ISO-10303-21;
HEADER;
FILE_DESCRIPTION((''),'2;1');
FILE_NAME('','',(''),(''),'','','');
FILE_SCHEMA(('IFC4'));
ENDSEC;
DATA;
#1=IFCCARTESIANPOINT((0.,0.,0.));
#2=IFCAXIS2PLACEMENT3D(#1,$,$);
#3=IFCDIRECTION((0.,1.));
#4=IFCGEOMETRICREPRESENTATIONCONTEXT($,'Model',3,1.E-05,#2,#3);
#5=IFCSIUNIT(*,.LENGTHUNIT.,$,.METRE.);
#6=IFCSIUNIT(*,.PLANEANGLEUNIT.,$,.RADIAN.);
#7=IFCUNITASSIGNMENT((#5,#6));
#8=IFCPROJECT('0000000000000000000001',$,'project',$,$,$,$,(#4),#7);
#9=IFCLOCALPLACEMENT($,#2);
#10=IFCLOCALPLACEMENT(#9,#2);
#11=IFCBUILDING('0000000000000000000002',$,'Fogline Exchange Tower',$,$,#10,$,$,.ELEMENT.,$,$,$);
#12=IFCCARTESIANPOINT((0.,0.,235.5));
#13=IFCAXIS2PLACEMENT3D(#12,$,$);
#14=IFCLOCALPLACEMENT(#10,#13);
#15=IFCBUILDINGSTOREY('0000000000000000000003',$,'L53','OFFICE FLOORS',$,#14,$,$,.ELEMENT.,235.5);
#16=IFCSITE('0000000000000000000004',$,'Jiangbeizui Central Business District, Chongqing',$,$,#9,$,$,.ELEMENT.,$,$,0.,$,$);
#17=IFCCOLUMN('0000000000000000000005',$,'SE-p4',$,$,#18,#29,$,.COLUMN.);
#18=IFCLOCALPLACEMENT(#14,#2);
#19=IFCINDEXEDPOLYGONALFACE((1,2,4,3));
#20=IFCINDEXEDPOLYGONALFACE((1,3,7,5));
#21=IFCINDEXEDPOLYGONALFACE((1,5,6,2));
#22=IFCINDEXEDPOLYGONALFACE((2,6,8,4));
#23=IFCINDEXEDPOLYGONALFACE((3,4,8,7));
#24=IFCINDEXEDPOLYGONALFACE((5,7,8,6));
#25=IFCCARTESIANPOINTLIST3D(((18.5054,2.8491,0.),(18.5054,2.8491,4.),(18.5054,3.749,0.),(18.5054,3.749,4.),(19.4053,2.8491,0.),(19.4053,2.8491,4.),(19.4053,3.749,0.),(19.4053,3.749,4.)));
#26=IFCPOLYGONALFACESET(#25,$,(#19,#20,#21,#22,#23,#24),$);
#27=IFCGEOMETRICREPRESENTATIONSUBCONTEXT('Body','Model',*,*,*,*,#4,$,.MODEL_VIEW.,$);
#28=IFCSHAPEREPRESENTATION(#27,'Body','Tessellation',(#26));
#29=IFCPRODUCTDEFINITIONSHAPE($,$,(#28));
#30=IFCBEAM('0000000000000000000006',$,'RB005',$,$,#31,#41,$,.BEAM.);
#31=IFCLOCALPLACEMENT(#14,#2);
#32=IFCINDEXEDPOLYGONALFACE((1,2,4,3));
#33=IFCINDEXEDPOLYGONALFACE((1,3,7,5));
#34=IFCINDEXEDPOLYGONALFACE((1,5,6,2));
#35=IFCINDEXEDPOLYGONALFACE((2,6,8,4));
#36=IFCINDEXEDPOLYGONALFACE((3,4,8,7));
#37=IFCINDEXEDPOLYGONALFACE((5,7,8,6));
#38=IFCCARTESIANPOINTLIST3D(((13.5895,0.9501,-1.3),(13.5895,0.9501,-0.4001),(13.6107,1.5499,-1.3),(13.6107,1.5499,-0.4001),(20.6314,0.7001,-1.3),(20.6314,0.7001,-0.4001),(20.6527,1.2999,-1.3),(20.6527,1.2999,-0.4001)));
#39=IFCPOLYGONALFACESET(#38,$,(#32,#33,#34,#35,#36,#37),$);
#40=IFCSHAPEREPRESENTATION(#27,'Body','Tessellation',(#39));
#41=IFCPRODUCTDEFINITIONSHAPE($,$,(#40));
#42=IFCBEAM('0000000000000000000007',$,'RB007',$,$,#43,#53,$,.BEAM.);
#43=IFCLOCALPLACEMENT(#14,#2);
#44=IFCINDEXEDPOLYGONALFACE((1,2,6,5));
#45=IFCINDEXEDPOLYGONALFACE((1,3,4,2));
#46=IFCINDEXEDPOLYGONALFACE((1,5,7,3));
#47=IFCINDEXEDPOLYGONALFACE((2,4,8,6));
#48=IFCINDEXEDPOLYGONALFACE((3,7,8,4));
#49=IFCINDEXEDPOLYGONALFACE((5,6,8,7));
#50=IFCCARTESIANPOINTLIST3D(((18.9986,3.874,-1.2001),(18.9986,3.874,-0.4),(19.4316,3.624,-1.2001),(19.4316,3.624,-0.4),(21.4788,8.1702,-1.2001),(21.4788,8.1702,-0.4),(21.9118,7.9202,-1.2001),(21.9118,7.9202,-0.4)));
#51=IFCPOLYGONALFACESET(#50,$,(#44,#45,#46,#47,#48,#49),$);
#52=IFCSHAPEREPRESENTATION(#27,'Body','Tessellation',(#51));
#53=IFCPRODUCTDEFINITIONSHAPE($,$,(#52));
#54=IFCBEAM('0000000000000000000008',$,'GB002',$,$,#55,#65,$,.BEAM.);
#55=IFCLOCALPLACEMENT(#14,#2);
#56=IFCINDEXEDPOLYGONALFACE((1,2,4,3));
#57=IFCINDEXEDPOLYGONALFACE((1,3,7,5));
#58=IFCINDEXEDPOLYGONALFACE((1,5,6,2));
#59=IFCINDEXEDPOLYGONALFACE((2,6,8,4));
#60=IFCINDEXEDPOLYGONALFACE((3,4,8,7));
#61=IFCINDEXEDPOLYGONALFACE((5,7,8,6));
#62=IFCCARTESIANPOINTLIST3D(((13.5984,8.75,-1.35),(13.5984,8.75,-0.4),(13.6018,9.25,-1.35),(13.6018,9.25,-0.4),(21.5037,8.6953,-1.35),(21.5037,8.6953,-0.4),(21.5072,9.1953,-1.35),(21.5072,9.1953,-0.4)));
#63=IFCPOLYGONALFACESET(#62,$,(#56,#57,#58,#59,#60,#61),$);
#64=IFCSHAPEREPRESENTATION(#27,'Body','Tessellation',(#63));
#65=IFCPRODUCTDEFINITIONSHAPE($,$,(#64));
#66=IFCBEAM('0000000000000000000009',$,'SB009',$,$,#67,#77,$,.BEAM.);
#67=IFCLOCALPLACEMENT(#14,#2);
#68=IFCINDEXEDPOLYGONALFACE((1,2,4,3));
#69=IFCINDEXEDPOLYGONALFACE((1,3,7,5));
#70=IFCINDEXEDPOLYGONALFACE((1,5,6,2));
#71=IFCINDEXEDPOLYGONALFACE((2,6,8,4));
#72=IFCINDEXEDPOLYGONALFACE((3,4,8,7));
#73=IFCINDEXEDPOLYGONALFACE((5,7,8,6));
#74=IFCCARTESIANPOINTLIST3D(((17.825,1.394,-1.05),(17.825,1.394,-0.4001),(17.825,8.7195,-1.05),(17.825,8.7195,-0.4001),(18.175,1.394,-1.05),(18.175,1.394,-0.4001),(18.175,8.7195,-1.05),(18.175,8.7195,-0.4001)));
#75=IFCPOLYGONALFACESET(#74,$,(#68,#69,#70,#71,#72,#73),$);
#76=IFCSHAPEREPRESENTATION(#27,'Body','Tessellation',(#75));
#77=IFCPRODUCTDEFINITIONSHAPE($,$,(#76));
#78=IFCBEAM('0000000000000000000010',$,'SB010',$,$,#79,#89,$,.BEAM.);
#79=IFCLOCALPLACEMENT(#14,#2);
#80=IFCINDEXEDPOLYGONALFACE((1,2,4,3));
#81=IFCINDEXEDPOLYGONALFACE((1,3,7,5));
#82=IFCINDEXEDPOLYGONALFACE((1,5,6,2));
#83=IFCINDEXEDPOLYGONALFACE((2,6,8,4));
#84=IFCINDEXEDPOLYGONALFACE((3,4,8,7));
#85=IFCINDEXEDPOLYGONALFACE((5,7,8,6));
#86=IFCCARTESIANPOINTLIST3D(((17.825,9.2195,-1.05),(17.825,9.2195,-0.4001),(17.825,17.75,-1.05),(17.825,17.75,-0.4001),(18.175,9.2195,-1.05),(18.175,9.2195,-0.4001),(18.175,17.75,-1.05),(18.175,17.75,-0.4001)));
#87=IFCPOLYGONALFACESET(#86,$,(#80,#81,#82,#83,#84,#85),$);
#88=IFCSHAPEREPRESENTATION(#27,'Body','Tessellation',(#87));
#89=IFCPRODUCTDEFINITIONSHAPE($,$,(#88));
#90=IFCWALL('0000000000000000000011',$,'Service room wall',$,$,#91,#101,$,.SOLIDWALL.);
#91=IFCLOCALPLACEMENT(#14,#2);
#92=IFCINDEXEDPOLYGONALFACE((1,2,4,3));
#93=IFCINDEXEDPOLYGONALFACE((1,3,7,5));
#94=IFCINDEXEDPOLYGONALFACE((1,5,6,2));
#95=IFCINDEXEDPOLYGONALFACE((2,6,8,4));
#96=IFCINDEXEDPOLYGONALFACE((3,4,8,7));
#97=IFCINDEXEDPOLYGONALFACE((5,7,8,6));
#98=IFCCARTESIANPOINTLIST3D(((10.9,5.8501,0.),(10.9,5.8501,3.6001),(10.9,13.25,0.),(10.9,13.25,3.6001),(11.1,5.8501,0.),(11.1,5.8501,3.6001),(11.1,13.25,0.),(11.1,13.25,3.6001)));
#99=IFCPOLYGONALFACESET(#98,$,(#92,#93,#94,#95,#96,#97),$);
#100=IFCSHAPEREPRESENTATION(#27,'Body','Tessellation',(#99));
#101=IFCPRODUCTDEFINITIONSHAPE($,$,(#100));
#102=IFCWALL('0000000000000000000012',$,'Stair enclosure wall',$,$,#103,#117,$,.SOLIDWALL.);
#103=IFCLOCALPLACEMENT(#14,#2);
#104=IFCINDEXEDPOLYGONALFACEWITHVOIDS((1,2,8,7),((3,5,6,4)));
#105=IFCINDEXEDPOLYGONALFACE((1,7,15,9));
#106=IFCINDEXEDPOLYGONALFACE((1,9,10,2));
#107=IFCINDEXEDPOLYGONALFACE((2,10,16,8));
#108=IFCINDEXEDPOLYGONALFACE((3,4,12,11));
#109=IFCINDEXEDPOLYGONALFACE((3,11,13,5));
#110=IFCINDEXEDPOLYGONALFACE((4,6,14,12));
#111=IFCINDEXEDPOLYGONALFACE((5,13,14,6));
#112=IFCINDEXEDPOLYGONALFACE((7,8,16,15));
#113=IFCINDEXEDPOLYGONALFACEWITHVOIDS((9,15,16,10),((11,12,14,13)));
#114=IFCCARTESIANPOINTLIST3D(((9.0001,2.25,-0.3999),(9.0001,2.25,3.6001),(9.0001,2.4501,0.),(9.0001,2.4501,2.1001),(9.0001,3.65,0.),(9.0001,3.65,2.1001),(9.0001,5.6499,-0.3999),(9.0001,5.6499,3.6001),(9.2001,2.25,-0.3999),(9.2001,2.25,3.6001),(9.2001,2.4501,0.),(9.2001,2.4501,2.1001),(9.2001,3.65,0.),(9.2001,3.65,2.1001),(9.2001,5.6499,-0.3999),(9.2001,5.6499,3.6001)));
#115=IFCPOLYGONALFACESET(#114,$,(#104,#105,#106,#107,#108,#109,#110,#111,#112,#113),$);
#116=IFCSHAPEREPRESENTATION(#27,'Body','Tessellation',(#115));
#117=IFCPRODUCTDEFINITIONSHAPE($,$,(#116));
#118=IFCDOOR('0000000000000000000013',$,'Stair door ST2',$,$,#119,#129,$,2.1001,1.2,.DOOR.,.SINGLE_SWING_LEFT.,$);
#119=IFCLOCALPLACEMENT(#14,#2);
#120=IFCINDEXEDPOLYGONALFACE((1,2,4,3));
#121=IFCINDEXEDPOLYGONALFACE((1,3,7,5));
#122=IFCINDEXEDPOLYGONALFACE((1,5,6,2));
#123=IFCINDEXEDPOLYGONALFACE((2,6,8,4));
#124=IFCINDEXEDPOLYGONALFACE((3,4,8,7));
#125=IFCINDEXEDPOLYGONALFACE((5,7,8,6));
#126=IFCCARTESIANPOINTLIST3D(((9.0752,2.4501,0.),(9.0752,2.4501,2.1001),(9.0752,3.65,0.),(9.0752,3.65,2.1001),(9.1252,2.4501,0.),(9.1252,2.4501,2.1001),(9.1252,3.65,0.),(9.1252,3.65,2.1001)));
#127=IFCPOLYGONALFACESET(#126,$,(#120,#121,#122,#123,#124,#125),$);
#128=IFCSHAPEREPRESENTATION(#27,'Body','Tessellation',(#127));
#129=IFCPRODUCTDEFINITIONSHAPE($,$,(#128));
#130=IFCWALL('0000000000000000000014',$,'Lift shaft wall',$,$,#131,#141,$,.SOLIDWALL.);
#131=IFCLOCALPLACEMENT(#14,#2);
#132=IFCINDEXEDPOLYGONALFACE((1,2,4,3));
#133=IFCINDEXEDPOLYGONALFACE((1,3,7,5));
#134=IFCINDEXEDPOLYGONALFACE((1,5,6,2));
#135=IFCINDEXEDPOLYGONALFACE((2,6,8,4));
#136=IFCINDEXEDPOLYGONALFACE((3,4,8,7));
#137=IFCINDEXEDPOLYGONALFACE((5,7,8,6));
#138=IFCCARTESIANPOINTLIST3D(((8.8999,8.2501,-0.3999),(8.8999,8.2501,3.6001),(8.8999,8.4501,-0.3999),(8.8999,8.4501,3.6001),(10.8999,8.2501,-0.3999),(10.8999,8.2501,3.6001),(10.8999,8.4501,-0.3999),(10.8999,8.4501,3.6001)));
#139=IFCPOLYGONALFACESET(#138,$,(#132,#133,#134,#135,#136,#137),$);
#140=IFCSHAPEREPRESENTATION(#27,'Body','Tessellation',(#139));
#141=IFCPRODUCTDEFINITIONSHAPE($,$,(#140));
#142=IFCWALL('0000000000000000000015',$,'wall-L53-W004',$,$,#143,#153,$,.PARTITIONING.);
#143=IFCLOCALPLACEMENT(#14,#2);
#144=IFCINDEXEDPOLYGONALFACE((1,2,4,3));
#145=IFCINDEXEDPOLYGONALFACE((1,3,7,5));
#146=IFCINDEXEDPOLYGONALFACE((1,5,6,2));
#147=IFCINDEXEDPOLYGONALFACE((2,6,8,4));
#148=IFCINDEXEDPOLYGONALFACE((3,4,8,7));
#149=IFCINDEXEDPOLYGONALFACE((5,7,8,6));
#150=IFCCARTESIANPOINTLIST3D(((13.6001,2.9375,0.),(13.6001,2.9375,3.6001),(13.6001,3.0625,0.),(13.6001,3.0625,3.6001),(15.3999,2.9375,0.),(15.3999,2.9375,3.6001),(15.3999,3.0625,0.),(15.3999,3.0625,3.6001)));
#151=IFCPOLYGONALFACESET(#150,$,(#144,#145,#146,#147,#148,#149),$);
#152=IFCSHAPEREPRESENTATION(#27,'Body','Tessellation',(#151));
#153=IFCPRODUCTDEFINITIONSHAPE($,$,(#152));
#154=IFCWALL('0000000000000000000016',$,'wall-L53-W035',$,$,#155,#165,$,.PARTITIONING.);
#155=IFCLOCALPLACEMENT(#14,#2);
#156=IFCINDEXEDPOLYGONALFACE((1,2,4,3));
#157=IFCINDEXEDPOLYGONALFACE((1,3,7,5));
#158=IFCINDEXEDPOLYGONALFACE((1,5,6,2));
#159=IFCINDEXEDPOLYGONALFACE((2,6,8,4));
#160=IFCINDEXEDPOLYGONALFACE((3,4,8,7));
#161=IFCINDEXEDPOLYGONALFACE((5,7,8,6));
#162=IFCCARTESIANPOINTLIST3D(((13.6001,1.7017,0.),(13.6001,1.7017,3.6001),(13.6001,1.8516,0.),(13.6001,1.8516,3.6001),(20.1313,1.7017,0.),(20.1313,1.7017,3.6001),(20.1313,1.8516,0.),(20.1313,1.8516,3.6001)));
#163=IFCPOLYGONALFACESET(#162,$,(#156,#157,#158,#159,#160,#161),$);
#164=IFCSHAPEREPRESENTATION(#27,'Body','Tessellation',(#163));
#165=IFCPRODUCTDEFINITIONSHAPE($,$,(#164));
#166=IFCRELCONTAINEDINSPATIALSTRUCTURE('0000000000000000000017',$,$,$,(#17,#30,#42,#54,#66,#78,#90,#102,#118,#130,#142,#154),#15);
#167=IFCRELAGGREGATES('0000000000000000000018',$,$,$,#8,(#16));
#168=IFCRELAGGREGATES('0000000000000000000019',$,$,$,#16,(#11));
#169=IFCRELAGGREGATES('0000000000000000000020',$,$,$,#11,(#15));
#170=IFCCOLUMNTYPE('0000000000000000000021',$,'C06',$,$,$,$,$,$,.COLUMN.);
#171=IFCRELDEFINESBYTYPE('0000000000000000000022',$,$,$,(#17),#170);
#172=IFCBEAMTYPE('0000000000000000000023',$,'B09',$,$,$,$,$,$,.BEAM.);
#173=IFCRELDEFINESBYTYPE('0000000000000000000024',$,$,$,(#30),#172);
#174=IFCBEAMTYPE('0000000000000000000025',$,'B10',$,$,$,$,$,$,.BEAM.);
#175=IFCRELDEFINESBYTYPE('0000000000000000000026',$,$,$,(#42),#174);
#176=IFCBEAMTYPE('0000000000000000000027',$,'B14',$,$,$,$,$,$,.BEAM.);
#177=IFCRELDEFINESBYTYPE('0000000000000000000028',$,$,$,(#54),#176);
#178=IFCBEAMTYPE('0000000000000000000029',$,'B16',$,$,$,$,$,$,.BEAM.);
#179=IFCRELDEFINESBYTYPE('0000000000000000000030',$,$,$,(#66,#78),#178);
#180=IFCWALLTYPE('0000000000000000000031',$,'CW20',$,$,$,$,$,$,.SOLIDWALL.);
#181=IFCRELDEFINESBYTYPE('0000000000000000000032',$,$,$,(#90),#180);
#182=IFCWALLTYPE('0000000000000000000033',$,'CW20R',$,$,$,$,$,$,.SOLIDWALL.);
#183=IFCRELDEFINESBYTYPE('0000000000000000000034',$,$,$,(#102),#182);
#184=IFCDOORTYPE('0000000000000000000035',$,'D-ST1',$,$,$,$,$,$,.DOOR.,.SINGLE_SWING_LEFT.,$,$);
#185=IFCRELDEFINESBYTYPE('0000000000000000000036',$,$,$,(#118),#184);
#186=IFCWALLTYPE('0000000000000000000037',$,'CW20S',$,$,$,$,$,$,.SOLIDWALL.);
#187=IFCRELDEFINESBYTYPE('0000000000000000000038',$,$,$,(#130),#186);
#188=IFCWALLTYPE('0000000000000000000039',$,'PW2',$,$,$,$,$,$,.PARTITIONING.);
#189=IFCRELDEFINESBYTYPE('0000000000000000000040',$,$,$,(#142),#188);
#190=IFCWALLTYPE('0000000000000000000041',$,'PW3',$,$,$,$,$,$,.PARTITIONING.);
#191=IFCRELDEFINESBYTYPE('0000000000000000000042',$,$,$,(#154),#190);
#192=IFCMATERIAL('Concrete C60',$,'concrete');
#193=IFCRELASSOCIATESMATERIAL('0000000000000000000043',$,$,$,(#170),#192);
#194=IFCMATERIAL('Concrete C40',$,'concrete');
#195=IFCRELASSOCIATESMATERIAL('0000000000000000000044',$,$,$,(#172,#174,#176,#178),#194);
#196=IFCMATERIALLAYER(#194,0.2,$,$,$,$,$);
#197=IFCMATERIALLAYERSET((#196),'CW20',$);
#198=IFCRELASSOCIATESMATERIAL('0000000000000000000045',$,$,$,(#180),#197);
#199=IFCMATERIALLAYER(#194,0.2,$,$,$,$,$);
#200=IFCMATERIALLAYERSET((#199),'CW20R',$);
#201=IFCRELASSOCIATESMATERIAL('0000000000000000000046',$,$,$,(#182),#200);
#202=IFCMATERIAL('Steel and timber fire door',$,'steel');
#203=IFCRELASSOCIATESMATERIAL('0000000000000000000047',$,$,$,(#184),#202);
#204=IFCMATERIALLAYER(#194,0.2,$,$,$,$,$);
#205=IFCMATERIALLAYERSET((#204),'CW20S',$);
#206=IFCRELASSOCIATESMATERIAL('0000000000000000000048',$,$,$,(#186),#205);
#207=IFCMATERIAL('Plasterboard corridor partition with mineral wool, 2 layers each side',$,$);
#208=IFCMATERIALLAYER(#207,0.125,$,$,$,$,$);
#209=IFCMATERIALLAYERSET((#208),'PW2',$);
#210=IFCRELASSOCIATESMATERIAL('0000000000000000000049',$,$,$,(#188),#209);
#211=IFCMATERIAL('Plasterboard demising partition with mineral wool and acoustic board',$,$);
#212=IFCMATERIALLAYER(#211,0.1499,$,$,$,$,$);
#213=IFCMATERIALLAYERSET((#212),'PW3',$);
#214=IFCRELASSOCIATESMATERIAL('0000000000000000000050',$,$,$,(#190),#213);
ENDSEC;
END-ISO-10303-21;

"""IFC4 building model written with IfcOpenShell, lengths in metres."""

from ifc_helpers import new_model, si_unit, direction, frame, frame_2d, origin, origin_2d, place, context, subcontext, project, spatial, rectangle, extrude, material, layer, layer_set, material_profile, profile_set, type_object, element, fill, save


model = new_model("IFC4")

# Units and contexts
model_context = context("Model", 3, precision=1e-05, world=origin(), true_north=direction((0.0, 1.0)))
body_context = subcontext(model_context, "Body", "Model", "MODEL_VIEW")
ifc_project = project(units=[si_unit("LENGTHUNIT", "METRE"), si_unit("PLANEANGLEUNIT", "RADIAN")], contexts=[model_context])

# Site, building, storey
site_placement = place(None, origin())
site = spatial("IfcSite", under=ifc_project, at=site_placement, Name="Jiangbeizui Central Business District, Chongqing", CompositionType="ELEMENT", RefElevation=0.0)
building_placement = place(site_placement, origin())
building = spatial("IfcBuilding", under=site, at=building_placement, Name="Fogline Exchange Tower", CompositionType="ELEMENT")
storey_placement = place(building_placement, frame((0.0, 0.0, 235.5)))
storey = spatial("IfcBuildingStorey", under=building, at=storey_placement, Name="L53", Description="OFFICE FLOORS", CompositionType="ELEMENT", Elevation=235.5)

# Column
ifc_material_1 = material(Name="Concrete C60", Category="concrete")
ifc_material_profile_1 = material_profile(ifc_material_1, rectangle(XDim=0.8999, YDim=0.8999, at=origin_2d()), Name="RC 900x900")
ifc_profile_set_1 = profile_set([ifc_material_profile_1], Name="Concrete C60")
column_type = type_object("IfcColumnType", Name="C06", PredefinedType="COLUMN", material=ifc_profile_set_1)
column_placement = place(storey_placement, frame((18.9553, 3.2991, 0.0), z_axis=(0.0, 0.0, 1.0), x_axis=(1.0, 0.0, 0.0)))
element("IfcColumn", 1, at=column_placement, inside=storey, type_object=column_type, Name="SE-p4", PredefinedType="COLUMN", context=body_context, shape_type="SweptSolid", body=[
    extrude(rectangle(XDim=0.8999, YDim=0.8999, at=origin_2d()), origin(), (0.0, 0.0, 1.0), 4.0),
])

# Beams
ifc_material_2 = material(Name="Concrete C40", Category="concrete")
ifc_material_profile_2 = material_profile(ifc_material_2, rectangle(XDim=0.6001, YDim=0.8999, at=origin_2d()), Name="RC 600x900")
ifc_profile_set_2 = profile_set([ifc_material_profile_2], Name="Concrete C40")
beam_type_1 = type_object("IfcBeamType", Name="B09", PredefinedType="BEAM", material=ifc_profile_set_2)
beam_1_placement = place(storey_placement, frame((13.6001, 1.25, -0.8501), z_axis=(0.99937, -0.035479, 0.0), x_axis=(0.035479, 0.99937, 0.0)))
element("IfcBeam", 2, at=beam_1_placement, inside=storey, type_object=beam_type_1, Name="RB005", PredefinedType="BEAM", context=body_context, shape_type="SweptSolid", body=[
    extrude(rectangle(XDim=0.6001, YDim=0.8999, at=origin_2d()), origin(), (0.0, 0.0, 1.0), 7.0464),
])
ifc_material_profile_3 = material_profile(ifc_material_2, rectangle(XDim=0.5, YDim=0.8, at=origin_2d()), Name="RC 500x800")
ifc_profile_set_3 = profile_set([ifc_material_profile_3], Name="Concrete C40")
beam_type_2 = type_object("IfcBeamType", Name="B10", PredefinedType="BEAM", material=ifc_profile_set_3)
beam_2_placement = place(storey_placement, frame((19.2151, 3.749, -0.8), z_axis=(0.499977, 0.866039, 0.0), x_axis=(-0.866039, 0.499977, 0.0)))
element("IfcBeam", 3, at=beam_2_placement, inside=storey, type_object=beam_type_2, Name="RB007", PredefinedType="BEAM", context=body_context, shape_type="SweptSolid", body=[
    extrude(rectangle(XDim=0.5, YDim=0.8, at=origin_2d()), origin(), (0.0, 0.0, 1.0), 4.9607),
])
ifc_material_profile_4 = material_profile(ifc_material_2, rectangle(XDim=0.5, YDim=0.95, at=origin_2d()), Name="RC 500x950")
ifc_profile_set_4 = profile_set([ifc_material_profile_4], Name="Concrete C40")
beam_type_3 = type_object("IfcBeamType", Name="B14", PredefinedType="BEAM", material=ifc_profile_set_4)
beam_3_placement = place(storey_placement, frame((13.6001, 9.0, -0.875), z_axis=(0.999976, -0.006918, 0.0), x_axis=(0.006918, 0.999976, 0.0)))
element("IfcBeam", 4, at=beam_3_placement, inside=storey, type_object=beam_type_3, Name="GB002", PredefinedType="BEAM", context=body_context, shape_type="SweptSolid", body=[
    extrude(rectangle(XDim=0.5, YDim=0.95, at=origin_2d()), origin(), (0.0, 0.0, 1.0), 7.9055),
])
ifc_material_profile_5 = material_profile(ifc_material_2, rectangle(XDim=0.3501, YDim=0.6499, at=origin_2d()), Name="RC 350x650")
ifc_profile_set_5 = profile_set([ifc_material_profile_5], Name="Concrete C40")
beam_type_4 = type_object("IfcBeamType", Name="B16", PredefinedType="BEAM", material=ifc_profile_set_5)
beam_4_placement = place(storey_placement, frame((18.0, 1.394, -0.7251), z_axis=(0.0, 1.0, 0.0), x_axis=(-1.0, 0.0, 0.0)))
element("IfcBeam", 5, at=beam_4_placement, inside=storey, type_object=beam_type_4, Name="SB009", PredefinedType="BEAM", context=body_context, shape_type="SweptSolid", body=[
    extrude(rectangle(XDim=0.3501, YDim=0.6499, at=origin_2d()), origin(), (0.0, 0.0, 1.0), 7.3254),
])
beam_5_placement = place(storey_placement, frame((18.0, 9.2195, -0.7251), z_axis=(0.0, 1.0, 0.0), x_axis=(-1.0, 0.0, 0.0)))
element("IfcBeam", 6, at=beam_5_placement, inside=storey, type_object=beam_type_4, Name="SB010", PredefinedType="BEAM", context=body_context, shape_type="SweptSolid", body=[
    extrude(rectangle(XDim=0.3501, YDim=0.6499, at=origin_2d()), origin(), (0.0, 0.0, 1.0), 8.5305),
])

# Wall
ifc_layer_1 = layer(ifc_material_2, 0.2)
ifc_layer_set_1 = layer_set([ifc_layer_1], Name="CW20")
wall_type_1 = type_object("IfcWallType", Name="CW20", PredefinedType="SOLIDWALL", material=ifc_layer_set_1)
wall_1_placement = place(storey_placement, frame((11.0, 5.8501, 0.0), z_axis=(0.0, 0.0, 1.0), x_axis=(0.0, 1.0, 0.0)))
element("IfcWall", 7, at=wall_1_placement, inside=storey, type_object=wall_type_1, Name="Service room wall", PredefinedType="SOLIDWALL", context=body_context, shape_type="SweptSolid", body=[
    extrude(rectangle(XDim=7.3999, YDim=0.2, at=frame_2d((3.7, 0.0))), origin(), (0.0, 0.0, 1.0), 3.6001),
])

# Wall, opening, door
ifc_layer_2 = layer(ifc_material_2, 0.2)
ifc_layer_set_2 = layer_set([ifc_layer_2], Name="CW20R")
wall_type_2 = type_object("IfcWallType", Name="CW20R", PredefinedType="SOLIDWALL", material=ifc_layer_set_2)
wall_2_placement = place(storey_placement, frame((9.1001, 2.25, -0.3999), z_axis=(0.0, 0.0, 1.0), x_axis=(0.0, 1.0, 0.0)))
wall_2 = element("IfcWall", 8, at=wall_2_placement, inside=storey, type_object=wall_type_2, Name="Stair enclosure wall", PredefinedType="SOLIDWALL", context=body_context, shape_type="SweptSolid", body=[
    extrude(rectangle(XDim=3.3999, YDim=0.2, at=frame_2d((1.7, 0.0))), origin(), (0.0, 0.0, 1.0), 4.0),
])
opening_1_placement = place(wall_2_placement, frame((0.2, 0.0, 0.3999)))
opening_1 = element("IfcOpeningElement", 9, at=opening_1_placement, cuts=wall_2, PredefinedType="OPENING", context=body_context, shape_type="SweptSolid", body=[
    extrude(rectangle(XDim=1.2, YDim=2.1001, at=frame_2d((0.6001, 1.05))), frame((0.0, 0.1099, 0.0), z_axis=(0.0, -1.0, 0.0), x_axis=(1.0, 0.0, 0.0)), (0.0, 0.0, 1.0), 0.22),
])
ifc_material_3 = material(Name="Steel and timber fire door", Category="steel")
door_type_1 = type_object("IfcDoorType", Name="D-ST1", OperationType="SINGLE_SWING_LEFT", PredefinedType="DOOR", material=ifc_material_3)
door_1_placement = place(opening_1_placement, origin())
door_1 = element("IfcDoor", 10, at=door_1_placement, inside=storey, type_object=door_type_1, Name="Stair door ST2", OperationType="SINGLE_SWING_LEFT", OverallHeight=2.1001, OverallWidth=1.2, PredefinedType="DOOR", context=body_context, shape_type="SweptSolid", body=[
    extrude(rectangle(XDim=1.2, YDim=2.1001, at=frame_2d((0.6001, 1.05))), frame((0.0, 0.0249, 0.0), z_axis=(0.0, -1.0, 0.0), x_axis=(1.0, 0.0, 0.0)), (0.0, 0.0, 1.0), 0.05),
])
fill(opening_1, door_1)

# Walls
ifc_layer_3 = layer(ifc_material_2, 0.2)
ifc_layer_set_3 = layer_set([ifc_layer_3], Name="CW20S")
wall_type_3 = type_object("IfcWallType", Name="CW20S", PredefinedType="SOLIDWALL", material=ifc_layer_set_3)
wall_3_placement = place(storey_placement, frame((8.8999, 8.3501, -0.3999), z_axis=(0.0, 0.0, 1.0), x_axis=(1.0, 0.0, 0.0)))
element("IfcWall", 11, at=wall_3_placement, inside=storey, type_object=wall_type_3, Name="Lift shaft wall", PredefinedType="SOLIDWALL", context=body_context, shape_type="SweptSolid", body=[
    extrude(rectangle(XDim=2.0, YDim=0.2, at=frame_2d((1.0, 0.0))), origin(), (0.0, 0.0, 1.0), 4.0),
])
ifc_material_4 = material(Name="Plasterboard corridor partition with mineral wool, 2 layers each side")
ifc_layer_4 = layer(ifc_material_4, 0.125)
ifc_layer_set_4 = layer_set([ifc_layer_4], Name="PW2")
wall_type_4 = type_object("IfcWallType", Name="PW2", PredefinedType="PARTITIONING", material=ifc_layer_set_4)
wall_4_placement = place(storey_placement, frame((15.3999, 3.0, 0.0), z_axis=(0.0, 0.0, 1.0), x_axis=(-1.0, 0.0, 0.0)))
element("IfcWall", 12, at=wall_4_placement, inside=storey, type_object=wall_type_4, Name="wall-L53-W004", PredefinedType="PARTITIONING", context=body_context, shape_type="SweptSolid", body=[
    extrude(rectangle(XDim=1.7998, YDim=0.125, at=frame_2d((0.8999, 0.0))), origin(), (0.0, 0.0, 1.0), 3.6001),
])
ifc_material_5 = material(Name="Plasterboard demising partition with mineral wool and acoustic board")
ifc_layer_5 = layer(ifc_material_5, 0.1499)
ifc_layer_set_5 = layer_set([ifc_layer_5], Name="PW3")
wall_type_5 = type_object("IfcWallType", Name="PW3", PredefinedType="PARTITIONING", material=ifc_layer_set_5)
wall_5_placement = place(storey_placement, frame((13.6001, 1.7766, 0.0), z_axis=(0.0, 0.0, 1.0), x_axis=(1.0, 0.0, 0.0)))
element("IfcWall", 13, at=wall_5_placement, inside=storey, type_object=wall_type_5, Name="wall-L53-W035", PredefinedType="PARTITIONING", context=body_context, shape_type="SweptSolid", body=[
    extrude(rectangle(XDim=6.5312, YDim=0.1499, at=frame_2d((3.2656, 0.0))), origin(), (0.0, 0.0, 1.0), 3.6001),
])

save(model, "model.ifc")
